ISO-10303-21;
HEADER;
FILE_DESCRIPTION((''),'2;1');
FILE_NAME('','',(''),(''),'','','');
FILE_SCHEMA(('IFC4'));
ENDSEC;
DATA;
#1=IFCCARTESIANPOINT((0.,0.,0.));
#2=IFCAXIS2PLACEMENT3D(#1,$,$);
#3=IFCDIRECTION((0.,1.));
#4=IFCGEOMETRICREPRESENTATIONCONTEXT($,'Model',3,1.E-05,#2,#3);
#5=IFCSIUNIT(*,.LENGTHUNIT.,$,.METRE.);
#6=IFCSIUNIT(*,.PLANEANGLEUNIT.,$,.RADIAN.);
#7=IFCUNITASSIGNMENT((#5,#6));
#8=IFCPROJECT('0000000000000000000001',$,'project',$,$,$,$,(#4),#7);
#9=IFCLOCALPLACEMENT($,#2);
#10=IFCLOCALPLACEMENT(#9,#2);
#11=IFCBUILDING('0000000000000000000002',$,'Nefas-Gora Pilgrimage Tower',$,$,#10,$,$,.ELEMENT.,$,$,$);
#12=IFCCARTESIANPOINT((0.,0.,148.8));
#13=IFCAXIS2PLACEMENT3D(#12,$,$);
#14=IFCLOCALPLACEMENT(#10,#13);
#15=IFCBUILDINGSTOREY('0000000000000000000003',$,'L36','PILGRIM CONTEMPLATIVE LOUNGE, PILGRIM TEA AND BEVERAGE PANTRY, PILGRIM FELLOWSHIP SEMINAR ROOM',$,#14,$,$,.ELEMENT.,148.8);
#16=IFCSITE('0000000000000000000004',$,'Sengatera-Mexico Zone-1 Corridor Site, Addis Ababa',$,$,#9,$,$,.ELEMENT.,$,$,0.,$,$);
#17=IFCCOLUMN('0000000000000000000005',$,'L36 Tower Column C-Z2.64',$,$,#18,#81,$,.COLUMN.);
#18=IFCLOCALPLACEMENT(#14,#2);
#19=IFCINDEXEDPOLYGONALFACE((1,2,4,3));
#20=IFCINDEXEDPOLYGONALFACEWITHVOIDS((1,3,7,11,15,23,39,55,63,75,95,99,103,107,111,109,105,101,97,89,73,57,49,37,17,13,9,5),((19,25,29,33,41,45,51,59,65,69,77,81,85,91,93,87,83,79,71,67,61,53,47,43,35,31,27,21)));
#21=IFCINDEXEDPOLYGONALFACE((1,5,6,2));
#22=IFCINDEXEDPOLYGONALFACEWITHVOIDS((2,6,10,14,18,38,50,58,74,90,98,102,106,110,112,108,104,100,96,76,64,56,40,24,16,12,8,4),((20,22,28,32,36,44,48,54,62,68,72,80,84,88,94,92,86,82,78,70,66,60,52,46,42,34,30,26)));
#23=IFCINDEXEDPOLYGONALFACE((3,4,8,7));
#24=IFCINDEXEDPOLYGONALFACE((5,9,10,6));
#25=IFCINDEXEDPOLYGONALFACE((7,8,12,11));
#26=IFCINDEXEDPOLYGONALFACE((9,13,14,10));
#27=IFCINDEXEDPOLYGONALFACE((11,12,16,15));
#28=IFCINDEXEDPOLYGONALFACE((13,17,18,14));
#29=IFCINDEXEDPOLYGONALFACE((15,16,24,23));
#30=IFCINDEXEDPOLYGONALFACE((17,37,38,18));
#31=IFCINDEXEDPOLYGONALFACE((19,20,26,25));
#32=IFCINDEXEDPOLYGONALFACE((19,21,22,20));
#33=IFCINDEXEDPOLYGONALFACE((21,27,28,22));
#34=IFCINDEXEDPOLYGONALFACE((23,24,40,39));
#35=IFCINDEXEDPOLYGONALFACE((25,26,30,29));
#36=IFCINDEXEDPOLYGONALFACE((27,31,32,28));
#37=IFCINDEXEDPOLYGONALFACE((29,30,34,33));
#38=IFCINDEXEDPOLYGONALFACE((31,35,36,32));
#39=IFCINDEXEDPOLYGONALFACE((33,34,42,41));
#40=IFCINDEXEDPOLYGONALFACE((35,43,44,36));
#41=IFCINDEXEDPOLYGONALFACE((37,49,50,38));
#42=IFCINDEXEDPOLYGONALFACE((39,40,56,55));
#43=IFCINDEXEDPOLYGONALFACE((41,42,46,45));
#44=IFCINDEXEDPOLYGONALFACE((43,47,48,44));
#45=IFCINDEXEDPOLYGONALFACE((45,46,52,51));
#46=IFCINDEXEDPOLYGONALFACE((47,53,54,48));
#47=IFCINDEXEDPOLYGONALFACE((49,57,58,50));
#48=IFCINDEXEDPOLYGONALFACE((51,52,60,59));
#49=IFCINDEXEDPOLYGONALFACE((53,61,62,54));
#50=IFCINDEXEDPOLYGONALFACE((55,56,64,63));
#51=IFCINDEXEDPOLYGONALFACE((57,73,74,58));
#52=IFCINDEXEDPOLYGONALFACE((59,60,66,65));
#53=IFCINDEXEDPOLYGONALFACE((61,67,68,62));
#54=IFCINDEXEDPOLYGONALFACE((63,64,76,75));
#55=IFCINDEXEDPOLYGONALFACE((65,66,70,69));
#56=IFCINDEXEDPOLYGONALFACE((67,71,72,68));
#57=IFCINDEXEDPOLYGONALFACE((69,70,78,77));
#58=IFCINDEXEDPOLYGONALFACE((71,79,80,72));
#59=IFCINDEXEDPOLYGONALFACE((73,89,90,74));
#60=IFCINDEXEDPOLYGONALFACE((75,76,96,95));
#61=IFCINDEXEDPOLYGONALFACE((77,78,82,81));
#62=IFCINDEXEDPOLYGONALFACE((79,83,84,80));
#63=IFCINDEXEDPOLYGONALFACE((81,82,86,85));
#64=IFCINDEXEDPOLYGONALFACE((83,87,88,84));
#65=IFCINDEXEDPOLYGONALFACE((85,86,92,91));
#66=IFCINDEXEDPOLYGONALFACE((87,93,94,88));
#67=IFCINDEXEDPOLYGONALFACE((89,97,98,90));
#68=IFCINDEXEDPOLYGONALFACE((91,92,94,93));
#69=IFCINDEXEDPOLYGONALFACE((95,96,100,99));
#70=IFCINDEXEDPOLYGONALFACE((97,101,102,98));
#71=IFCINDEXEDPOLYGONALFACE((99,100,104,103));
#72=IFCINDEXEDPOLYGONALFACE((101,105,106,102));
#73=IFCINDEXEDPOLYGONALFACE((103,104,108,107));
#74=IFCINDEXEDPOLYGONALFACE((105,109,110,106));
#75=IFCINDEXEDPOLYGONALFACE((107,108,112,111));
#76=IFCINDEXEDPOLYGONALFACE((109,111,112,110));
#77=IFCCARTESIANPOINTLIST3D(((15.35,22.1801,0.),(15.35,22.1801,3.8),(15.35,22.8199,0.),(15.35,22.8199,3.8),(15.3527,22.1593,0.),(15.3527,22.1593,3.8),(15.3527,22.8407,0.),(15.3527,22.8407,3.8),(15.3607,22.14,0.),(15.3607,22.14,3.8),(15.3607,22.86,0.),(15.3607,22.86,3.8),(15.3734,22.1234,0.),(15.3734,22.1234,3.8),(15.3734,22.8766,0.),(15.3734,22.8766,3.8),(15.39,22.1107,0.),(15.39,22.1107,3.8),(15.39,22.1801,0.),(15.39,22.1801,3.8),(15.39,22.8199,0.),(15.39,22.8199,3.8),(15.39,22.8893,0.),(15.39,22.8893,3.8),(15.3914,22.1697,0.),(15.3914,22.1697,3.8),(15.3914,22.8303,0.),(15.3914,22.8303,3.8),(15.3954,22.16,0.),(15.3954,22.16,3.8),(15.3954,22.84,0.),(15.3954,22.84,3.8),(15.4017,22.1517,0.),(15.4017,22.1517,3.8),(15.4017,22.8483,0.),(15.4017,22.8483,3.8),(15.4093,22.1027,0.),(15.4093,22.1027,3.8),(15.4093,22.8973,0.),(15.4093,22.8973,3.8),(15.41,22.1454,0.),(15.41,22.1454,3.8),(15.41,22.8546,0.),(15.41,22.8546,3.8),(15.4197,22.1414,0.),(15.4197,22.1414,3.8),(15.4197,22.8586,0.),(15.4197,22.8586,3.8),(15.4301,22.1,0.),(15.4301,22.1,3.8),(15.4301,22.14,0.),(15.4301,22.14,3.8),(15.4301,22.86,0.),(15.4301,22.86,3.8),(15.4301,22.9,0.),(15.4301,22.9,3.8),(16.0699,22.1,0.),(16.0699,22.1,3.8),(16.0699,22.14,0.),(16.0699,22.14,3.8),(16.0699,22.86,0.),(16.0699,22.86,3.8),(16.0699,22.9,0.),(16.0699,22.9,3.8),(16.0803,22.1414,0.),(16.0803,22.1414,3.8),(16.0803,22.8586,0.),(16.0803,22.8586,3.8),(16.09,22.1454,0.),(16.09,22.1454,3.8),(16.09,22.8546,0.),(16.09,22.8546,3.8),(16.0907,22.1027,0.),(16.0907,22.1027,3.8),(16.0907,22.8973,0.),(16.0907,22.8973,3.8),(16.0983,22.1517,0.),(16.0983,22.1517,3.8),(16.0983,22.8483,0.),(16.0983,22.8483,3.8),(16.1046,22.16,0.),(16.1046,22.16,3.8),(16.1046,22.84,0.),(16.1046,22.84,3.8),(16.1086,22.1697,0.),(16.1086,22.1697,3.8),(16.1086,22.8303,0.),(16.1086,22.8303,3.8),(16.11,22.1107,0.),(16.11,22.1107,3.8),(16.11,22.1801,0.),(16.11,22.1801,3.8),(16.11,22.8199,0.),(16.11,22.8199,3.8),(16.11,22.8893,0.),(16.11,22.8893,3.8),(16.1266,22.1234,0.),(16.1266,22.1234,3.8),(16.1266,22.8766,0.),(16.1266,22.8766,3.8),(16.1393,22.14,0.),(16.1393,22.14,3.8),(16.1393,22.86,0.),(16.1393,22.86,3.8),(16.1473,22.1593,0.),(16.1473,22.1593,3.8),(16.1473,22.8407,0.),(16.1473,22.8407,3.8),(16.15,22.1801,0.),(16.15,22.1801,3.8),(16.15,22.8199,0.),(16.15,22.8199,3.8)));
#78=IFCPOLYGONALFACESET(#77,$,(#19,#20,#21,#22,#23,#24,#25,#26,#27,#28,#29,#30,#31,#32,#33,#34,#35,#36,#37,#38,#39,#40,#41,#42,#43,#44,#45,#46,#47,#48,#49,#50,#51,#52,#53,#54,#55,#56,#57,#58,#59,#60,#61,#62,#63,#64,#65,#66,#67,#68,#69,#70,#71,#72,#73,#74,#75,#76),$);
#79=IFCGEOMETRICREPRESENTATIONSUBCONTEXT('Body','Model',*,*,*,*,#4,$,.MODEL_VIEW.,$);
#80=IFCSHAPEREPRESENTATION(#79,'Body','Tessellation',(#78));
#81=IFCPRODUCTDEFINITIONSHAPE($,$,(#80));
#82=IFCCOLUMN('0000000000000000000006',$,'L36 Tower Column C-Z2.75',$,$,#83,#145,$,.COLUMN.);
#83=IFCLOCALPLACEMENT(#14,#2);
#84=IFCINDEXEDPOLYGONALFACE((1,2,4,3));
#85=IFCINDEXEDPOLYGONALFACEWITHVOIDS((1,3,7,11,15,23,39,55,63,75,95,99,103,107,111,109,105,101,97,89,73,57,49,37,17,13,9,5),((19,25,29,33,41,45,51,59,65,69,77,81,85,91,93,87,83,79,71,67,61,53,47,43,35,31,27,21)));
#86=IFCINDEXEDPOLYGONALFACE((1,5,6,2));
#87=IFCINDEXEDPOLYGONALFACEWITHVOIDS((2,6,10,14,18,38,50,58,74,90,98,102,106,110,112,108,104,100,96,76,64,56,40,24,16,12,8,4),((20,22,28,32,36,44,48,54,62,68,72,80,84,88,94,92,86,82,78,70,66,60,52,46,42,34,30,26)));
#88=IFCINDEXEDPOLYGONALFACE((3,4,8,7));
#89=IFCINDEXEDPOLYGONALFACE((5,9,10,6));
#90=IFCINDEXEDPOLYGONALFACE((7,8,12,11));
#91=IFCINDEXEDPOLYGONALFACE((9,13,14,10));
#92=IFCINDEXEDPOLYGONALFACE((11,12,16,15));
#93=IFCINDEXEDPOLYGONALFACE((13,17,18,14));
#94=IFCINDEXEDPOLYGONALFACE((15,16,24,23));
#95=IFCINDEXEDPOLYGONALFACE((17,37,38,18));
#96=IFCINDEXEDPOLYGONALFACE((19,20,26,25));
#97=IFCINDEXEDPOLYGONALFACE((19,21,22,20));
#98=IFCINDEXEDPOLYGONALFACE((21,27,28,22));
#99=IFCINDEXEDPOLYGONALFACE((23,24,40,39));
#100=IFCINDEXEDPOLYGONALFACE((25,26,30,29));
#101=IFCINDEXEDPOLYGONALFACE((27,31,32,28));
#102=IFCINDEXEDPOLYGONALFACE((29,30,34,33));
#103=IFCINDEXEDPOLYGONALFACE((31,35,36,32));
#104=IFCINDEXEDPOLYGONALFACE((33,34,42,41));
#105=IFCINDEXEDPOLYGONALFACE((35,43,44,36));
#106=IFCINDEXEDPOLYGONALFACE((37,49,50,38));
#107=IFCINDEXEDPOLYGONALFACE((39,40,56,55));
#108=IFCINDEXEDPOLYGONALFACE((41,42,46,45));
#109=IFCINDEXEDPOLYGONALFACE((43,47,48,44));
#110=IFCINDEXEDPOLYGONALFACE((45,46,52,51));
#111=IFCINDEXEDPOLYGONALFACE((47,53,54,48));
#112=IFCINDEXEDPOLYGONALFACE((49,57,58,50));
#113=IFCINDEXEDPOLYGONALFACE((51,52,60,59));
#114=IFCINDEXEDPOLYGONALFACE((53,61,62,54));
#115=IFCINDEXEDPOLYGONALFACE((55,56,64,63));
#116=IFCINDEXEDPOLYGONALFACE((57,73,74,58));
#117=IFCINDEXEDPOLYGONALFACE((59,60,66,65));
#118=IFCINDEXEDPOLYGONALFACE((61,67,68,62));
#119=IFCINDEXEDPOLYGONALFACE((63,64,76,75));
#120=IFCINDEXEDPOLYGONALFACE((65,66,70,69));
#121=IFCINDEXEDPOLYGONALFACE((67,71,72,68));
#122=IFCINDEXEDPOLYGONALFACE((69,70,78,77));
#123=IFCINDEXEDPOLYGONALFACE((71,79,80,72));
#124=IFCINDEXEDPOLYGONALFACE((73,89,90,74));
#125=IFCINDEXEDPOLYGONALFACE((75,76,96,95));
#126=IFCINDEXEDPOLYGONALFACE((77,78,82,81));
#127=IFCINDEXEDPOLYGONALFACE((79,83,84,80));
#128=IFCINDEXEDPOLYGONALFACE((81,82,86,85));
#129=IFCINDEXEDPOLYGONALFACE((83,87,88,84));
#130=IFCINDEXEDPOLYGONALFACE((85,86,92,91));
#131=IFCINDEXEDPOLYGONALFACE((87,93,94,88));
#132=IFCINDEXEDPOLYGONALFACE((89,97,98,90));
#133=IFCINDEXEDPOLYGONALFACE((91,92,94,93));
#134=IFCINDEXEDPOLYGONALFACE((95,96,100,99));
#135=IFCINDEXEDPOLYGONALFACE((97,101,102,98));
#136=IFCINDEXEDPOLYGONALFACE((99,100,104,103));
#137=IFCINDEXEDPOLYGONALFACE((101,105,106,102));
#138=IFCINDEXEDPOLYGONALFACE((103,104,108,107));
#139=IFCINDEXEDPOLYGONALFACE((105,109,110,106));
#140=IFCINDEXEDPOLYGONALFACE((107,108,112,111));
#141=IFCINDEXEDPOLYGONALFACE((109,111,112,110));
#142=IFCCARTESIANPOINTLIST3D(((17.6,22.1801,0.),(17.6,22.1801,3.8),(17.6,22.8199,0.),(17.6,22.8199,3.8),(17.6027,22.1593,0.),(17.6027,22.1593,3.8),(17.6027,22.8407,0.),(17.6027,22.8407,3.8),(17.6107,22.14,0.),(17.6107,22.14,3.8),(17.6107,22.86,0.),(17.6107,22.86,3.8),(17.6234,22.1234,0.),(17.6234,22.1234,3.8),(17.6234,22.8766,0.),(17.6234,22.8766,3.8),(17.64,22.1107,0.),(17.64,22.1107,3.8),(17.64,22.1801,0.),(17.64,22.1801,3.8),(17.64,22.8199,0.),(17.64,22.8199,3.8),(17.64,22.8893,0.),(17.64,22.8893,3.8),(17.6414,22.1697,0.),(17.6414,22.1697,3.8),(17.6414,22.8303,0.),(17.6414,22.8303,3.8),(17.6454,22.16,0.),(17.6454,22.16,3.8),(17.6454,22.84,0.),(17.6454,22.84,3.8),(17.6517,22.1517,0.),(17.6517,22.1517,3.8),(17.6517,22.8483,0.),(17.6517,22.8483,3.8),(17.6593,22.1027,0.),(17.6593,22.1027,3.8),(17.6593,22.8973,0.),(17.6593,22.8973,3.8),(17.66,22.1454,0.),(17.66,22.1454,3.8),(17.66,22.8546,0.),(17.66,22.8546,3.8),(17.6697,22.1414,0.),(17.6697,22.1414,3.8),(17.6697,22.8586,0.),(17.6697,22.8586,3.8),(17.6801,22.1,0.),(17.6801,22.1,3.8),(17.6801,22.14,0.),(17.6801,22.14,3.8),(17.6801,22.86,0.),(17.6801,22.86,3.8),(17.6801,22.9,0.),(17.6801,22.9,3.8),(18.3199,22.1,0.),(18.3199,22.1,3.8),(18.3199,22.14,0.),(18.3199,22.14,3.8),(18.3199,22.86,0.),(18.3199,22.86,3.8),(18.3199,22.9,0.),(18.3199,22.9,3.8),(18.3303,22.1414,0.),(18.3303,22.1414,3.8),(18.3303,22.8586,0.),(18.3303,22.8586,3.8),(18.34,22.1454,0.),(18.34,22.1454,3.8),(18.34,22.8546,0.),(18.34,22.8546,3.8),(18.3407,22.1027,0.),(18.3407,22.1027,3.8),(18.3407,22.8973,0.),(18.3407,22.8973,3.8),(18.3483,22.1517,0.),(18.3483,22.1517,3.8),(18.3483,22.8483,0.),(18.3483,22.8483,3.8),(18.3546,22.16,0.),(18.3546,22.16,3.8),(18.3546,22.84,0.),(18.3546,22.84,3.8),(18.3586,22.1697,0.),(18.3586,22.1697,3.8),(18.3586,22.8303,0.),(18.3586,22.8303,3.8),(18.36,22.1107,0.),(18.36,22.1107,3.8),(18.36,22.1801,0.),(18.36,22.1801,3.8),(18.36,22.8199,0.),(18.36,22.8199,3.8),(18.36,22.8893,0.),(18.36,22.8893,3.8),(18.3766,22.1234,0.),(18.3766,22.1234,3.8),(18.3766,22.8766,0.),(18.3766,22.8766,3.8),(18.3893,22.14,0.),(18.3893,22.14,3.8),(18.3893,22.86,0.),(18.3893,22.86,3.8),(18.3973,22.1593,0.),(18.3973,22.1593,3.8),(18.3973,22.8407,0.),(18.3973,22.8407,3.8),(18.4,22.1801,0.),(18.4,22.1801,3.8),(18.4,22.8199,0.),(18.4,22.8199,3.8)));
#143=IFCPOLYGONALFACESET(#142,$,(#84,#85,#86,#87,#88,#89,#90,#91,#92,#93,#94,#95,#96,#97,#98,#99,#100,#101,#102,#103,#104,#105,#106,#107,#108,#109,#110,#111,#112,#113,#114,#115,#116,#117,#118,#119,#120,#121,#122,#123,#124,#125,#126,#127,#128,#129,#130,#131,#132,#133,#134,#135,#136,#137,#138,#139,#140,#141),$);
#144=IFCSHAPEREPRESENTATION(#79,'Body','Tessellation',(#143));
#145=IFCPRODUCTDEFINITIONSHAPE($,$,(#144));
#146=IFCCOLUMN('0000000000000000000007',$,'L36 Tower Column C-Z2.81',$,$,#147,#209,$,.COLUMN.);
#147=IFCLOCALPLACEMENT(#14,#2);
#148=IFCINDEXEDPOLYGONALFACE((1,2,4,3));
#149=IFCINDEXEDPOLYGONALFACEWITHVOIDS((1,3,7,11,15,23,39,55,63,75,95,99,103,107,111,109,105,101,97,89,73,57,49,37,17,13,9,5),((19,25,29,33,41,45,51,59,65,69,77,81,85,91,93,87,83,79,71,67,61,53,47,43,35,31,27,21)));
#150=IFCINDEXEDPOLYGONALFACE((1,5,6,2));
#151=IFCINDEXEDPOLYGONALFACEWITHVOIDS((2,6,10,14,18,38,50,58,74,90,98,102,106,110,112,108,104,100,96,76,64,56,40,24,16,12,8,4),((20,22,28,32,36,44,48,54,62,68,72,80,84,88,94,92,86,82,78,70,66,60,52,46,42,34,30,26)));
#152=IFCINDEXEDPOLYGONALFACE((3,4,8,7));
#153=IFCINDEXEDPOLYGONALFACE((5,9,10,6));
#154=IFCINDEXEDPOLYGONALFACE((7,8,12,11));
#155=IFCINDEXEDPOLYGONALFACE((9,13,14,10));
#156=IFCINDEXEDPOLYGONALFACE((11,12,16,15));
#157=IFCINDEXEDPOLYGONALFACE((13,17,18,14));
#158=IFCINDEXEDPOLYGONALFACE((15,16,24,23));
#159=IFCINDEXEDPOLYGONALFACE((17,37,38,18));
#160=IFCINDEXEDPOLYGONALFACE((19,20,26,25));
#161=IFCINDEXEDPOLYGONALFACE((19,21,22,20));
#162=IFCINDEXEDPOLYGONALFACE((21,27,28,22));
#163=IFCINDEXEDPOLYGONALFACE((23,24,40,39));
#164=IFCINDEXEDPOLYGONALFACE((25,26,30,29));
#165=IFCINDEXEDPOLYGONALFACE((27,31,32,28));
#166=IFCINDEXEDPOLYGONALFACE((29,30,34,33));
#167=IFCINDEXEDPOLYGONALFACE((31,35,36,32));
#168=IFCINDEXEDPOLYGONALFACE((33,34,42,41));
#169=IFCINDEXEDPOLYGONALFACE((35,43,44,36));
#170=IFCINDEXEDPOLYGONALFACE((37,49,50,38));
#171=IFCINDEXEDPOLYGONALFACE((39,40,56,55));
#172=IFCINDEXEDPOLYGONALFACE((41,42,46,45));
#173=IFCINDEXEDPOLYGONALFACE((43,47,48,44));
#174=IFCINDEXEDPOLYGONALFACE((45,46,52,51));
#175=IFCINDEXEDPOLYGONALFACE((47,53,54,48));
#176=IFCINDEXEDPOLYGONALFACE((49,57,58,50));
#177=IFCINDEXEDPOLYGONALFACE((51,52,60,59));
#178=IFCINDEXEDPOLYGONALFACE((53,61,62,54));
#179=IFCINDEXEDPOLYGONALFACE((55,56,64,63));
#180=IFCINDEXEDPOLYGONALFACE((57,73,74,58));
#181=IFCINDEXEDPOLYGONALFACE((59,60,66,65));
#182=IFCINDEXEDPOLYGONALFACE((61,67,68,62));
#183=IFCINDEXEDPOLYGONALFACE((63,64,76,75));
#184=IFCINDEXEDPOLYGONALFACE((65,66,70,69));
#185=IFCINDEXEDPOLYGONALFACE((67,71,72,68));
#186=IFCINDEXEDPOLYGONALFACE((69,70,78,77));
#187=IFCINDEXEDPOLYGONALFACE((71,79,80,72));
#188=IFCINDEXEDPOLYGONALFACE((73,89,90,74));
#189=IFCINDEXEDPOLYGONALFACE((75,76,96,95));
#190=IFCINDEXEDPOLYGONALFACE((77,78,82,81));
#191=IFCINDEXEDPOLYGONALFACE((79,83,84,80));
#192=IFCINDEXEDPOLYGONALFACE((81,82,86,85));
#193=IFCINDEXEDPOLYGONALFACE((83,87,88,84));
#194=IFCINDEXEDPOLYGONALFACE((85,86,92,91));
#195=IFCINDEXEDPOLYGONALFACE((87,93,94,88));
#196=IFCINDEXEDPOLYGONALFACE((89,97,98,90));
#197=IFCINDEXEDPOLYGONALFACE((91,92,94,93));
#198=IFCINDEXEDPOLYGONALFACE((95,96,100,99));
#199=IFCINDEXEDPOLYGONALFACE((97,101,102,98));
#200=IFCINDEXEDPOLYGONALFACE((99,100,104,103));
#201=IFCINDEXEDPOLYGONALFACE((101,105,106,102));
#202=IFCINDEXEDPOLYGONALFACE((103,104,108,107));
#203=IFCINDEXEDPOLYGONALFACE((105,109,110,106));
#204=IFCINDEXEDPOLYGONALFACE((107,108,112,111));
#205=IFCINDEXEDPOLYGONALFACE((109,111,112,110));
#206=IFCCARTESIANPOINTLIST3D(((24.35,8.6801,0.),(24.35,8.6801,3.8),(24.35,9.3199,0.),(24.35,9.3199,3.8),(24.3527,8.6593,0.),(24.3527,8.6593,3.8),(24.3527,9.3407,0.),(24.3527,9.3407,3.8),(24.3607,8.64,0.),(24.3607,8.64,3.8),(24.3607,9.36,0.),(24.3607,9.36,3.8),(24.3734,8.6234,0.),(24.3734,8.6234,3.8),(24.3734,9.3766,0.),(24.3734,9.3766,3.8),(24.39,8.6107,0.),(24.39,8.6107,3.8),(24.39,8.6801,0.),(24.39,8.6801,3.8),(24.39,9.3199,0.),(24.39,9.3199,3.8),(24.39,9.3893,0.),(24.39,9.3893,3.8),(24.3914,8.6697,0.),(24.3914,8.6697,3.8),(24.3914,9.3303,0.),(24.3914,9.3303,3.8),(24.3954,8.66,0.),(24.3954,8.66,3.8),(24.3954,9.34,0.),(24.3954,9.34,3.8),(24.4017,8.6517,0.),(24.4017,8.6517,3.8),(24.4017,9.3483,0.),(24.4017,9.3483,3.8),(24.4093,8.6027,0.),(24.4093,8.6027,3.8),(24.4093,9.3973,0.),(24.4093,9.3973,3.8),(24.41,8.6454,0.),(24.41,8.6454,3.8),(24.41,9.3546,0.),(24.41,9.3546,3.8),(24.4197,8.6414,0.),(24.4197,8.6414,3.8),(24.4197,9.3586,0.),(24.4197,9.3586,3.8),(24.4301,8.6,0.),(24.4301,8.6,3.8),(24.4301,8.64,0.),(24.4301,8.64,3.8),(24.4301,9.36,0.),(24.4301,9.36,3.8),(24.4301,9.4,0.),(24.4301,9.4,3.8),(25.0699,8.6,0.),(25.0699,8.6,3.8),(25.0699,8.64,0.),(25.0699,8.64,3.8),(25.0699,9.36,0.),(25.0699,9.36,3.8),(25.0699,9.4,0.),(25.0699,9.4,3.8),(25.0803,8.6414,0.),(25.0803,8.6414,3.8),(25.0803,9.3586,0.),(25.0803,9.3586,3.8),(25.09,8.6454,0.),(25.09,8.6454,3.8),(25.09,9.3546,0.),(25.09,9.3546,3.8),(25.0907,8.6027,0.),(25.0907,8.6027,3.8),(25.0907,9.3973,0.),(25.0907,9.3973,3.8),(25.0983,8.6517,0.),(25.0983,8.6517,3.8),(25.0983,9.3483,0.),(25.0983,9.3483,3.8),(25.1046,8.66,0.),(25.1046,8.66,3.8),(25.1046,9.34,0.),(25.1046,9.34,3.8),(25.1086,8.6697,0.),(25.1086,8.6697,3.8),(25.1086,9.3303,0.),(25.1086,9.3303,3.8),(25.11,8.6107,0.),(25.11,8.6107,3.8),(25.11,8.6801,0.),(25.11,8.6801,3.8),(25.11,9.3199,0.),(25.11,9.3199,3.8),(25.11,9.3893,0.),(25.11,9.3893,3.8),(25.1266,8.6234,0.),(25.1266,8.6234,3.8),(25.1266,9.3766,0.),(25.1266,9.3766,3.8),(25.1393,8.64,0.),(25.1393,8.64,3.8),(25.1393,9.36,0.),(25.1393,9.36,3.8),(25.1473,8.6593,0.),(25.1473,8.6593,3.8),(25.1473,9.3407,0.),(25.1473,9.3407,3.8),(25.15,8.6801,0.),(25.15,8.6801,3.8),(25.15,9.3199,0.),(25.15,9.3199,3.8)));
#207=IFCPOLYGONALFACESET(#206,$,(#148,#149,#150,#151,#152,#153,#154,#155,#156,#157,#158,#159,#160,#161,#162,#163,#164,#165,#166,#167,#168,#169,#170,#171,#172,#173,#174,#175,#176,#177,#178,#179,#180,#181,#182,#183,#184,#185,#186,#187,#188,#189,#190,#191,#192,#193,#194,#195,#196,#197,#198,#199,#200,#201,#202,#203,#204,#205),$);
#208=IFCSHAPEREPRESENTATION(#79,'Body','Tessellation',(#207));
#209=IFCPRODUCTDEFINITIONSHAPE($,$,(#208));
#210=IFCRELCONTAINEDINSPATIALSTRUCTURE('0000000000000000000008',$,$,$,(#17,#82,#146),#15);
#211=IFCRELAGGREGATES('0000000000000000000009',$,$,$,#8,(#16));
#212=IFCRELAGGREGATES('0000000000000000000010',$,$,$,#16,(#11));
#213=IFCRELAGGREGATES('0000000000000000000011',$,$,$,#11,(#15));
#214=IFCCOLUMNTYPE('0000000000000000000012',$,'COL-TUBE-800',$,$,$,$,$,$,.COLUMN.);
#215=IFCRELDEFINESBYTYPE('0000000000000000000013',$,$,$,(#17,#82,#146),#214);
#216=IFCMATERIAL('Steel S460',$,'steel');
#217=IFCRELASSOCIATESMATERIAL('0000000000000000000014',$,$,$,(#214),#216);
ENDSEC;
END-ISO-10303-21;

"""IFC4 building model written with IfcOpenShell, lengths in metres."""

from ifc_helpers import new_model, si_unit, direction, frame, origin, origin_2d, place, context, subcontext, project, spatial, hollow_rectangle, extrude, source, transform, mapped, material, material_profile, profile_set, type_object, element, save


model = new_model("IFC4")

# Units and contexts
model_context = context("Model", 3, precision=1e-05, world=origin(), true_north=direction((0.0, 1.0)))
body_context = subcontext(model_context, "Body", "Model", "MODEL_VIEW")
ifc_project = project(units=[si_unit("LENGTHUNIT", "METRE"), si_unit("PLANEANGLEUNIT", "RADIAN")], contexts=[model_context])

# Site, building, storey
site_placement = place(None, origin())
site = spatial("IfcSite", under=ifc_project, at=site_placement, Name="Sengatera-Mexico Zone-1 Corridor Site, Addis Ababa", CompositionType="ELEMENT", RefElevation=0.0)
building_placement = place(site_placement, origin())
building = spatial("IfcBuilding", under=site, at=building_placement, Name="Nefas-Gora Pilgrimage Tower", CompositionType="ELEMENT")
storey_placement = place(building_placement, frame((0.0, 0.0, 148.8)))
storey = spatial("IfcBuildingStorey", under=building, at=storey_placement, Name="L36", Description="PILGRIM CONTEMPLATIVE LOUNGE, PILGRIM TEA AND BEVERAGE PANTRY, PILGRIM FELLOWSHIP SEMINAR ROOM", CompositionType="ELEMENT", Elevation=148.8)

# Columns
ifc_material_1 = material(Name="Steel S460", Category="steel")
ifc_material_profile_1 = material_profile(ifc_material_1, hollow_rectangle(XDim=0.8, YDim=0.8, WallThickness=0.04, InnerFilletRadius=0.04, OuterFilletRadius=0.0801, at=origin_2d()), Name="BOX 800x800x40")
ifc_profile_set_1 = profile_set([ifc_material_profile_1], Name="Steel S460")
column_type_1 = type_object("IfcColumnType", Name="COL-TUBE-800", PredefinedType="COLUMN", material=ifc_profile_set_1)
shared_shape_1 = source(origin(), body_context, "Body", "SweptSolid", [
    extrude(hollow_rectangle(XDim=0.8, YDim=0.8, WallThickness=0.04, InnerFilletRadius=0.04, OuterFilletRadius=0.0801, at=origin_2d()), origin(), (0.0, 0.0, 1.0), 3.8),
])
for number, where, z_axis, x_axis, name in (
    (1, (15.75, 22.5, 0.0), (0.0, 0.0, 1.0), (1.0, 0.0, 0.0), "L36 Tower Column C-Z2.64"),
    (2, (18.0, 22.5, 0.0), (0.0, 0.0, 1.0), (1.0, 0.0, 0.0), "L36 Tower Column C-Z2.75"),
    (3, (24.75, 9.0, 0.0), (0.0, 0.0, 1.0), (1.0, 0.0, 0.0), "L36 Tower Column C-Z2.81"),
):
    element("IfcColumn", number, at=place(storey_placement, frame(where, z_axis=z_axis, x_axis=x_axis)), inside=storey, type_object=column_type_1, Name=name, PredefinedType="COLUMN", context=body_context, shape_type="MappedRepresentation", body=[
        mapped(shared_shape_1, transform((0.0, 0.0, 0.0), x_axis=(1.0, 0.0, 0.0), y_axis=(0.0, 1.0, 0.0), z_axis=(0.0, 0.0, 1.0), scale=1.0)),
    ])

save(model, "model.ifc")
